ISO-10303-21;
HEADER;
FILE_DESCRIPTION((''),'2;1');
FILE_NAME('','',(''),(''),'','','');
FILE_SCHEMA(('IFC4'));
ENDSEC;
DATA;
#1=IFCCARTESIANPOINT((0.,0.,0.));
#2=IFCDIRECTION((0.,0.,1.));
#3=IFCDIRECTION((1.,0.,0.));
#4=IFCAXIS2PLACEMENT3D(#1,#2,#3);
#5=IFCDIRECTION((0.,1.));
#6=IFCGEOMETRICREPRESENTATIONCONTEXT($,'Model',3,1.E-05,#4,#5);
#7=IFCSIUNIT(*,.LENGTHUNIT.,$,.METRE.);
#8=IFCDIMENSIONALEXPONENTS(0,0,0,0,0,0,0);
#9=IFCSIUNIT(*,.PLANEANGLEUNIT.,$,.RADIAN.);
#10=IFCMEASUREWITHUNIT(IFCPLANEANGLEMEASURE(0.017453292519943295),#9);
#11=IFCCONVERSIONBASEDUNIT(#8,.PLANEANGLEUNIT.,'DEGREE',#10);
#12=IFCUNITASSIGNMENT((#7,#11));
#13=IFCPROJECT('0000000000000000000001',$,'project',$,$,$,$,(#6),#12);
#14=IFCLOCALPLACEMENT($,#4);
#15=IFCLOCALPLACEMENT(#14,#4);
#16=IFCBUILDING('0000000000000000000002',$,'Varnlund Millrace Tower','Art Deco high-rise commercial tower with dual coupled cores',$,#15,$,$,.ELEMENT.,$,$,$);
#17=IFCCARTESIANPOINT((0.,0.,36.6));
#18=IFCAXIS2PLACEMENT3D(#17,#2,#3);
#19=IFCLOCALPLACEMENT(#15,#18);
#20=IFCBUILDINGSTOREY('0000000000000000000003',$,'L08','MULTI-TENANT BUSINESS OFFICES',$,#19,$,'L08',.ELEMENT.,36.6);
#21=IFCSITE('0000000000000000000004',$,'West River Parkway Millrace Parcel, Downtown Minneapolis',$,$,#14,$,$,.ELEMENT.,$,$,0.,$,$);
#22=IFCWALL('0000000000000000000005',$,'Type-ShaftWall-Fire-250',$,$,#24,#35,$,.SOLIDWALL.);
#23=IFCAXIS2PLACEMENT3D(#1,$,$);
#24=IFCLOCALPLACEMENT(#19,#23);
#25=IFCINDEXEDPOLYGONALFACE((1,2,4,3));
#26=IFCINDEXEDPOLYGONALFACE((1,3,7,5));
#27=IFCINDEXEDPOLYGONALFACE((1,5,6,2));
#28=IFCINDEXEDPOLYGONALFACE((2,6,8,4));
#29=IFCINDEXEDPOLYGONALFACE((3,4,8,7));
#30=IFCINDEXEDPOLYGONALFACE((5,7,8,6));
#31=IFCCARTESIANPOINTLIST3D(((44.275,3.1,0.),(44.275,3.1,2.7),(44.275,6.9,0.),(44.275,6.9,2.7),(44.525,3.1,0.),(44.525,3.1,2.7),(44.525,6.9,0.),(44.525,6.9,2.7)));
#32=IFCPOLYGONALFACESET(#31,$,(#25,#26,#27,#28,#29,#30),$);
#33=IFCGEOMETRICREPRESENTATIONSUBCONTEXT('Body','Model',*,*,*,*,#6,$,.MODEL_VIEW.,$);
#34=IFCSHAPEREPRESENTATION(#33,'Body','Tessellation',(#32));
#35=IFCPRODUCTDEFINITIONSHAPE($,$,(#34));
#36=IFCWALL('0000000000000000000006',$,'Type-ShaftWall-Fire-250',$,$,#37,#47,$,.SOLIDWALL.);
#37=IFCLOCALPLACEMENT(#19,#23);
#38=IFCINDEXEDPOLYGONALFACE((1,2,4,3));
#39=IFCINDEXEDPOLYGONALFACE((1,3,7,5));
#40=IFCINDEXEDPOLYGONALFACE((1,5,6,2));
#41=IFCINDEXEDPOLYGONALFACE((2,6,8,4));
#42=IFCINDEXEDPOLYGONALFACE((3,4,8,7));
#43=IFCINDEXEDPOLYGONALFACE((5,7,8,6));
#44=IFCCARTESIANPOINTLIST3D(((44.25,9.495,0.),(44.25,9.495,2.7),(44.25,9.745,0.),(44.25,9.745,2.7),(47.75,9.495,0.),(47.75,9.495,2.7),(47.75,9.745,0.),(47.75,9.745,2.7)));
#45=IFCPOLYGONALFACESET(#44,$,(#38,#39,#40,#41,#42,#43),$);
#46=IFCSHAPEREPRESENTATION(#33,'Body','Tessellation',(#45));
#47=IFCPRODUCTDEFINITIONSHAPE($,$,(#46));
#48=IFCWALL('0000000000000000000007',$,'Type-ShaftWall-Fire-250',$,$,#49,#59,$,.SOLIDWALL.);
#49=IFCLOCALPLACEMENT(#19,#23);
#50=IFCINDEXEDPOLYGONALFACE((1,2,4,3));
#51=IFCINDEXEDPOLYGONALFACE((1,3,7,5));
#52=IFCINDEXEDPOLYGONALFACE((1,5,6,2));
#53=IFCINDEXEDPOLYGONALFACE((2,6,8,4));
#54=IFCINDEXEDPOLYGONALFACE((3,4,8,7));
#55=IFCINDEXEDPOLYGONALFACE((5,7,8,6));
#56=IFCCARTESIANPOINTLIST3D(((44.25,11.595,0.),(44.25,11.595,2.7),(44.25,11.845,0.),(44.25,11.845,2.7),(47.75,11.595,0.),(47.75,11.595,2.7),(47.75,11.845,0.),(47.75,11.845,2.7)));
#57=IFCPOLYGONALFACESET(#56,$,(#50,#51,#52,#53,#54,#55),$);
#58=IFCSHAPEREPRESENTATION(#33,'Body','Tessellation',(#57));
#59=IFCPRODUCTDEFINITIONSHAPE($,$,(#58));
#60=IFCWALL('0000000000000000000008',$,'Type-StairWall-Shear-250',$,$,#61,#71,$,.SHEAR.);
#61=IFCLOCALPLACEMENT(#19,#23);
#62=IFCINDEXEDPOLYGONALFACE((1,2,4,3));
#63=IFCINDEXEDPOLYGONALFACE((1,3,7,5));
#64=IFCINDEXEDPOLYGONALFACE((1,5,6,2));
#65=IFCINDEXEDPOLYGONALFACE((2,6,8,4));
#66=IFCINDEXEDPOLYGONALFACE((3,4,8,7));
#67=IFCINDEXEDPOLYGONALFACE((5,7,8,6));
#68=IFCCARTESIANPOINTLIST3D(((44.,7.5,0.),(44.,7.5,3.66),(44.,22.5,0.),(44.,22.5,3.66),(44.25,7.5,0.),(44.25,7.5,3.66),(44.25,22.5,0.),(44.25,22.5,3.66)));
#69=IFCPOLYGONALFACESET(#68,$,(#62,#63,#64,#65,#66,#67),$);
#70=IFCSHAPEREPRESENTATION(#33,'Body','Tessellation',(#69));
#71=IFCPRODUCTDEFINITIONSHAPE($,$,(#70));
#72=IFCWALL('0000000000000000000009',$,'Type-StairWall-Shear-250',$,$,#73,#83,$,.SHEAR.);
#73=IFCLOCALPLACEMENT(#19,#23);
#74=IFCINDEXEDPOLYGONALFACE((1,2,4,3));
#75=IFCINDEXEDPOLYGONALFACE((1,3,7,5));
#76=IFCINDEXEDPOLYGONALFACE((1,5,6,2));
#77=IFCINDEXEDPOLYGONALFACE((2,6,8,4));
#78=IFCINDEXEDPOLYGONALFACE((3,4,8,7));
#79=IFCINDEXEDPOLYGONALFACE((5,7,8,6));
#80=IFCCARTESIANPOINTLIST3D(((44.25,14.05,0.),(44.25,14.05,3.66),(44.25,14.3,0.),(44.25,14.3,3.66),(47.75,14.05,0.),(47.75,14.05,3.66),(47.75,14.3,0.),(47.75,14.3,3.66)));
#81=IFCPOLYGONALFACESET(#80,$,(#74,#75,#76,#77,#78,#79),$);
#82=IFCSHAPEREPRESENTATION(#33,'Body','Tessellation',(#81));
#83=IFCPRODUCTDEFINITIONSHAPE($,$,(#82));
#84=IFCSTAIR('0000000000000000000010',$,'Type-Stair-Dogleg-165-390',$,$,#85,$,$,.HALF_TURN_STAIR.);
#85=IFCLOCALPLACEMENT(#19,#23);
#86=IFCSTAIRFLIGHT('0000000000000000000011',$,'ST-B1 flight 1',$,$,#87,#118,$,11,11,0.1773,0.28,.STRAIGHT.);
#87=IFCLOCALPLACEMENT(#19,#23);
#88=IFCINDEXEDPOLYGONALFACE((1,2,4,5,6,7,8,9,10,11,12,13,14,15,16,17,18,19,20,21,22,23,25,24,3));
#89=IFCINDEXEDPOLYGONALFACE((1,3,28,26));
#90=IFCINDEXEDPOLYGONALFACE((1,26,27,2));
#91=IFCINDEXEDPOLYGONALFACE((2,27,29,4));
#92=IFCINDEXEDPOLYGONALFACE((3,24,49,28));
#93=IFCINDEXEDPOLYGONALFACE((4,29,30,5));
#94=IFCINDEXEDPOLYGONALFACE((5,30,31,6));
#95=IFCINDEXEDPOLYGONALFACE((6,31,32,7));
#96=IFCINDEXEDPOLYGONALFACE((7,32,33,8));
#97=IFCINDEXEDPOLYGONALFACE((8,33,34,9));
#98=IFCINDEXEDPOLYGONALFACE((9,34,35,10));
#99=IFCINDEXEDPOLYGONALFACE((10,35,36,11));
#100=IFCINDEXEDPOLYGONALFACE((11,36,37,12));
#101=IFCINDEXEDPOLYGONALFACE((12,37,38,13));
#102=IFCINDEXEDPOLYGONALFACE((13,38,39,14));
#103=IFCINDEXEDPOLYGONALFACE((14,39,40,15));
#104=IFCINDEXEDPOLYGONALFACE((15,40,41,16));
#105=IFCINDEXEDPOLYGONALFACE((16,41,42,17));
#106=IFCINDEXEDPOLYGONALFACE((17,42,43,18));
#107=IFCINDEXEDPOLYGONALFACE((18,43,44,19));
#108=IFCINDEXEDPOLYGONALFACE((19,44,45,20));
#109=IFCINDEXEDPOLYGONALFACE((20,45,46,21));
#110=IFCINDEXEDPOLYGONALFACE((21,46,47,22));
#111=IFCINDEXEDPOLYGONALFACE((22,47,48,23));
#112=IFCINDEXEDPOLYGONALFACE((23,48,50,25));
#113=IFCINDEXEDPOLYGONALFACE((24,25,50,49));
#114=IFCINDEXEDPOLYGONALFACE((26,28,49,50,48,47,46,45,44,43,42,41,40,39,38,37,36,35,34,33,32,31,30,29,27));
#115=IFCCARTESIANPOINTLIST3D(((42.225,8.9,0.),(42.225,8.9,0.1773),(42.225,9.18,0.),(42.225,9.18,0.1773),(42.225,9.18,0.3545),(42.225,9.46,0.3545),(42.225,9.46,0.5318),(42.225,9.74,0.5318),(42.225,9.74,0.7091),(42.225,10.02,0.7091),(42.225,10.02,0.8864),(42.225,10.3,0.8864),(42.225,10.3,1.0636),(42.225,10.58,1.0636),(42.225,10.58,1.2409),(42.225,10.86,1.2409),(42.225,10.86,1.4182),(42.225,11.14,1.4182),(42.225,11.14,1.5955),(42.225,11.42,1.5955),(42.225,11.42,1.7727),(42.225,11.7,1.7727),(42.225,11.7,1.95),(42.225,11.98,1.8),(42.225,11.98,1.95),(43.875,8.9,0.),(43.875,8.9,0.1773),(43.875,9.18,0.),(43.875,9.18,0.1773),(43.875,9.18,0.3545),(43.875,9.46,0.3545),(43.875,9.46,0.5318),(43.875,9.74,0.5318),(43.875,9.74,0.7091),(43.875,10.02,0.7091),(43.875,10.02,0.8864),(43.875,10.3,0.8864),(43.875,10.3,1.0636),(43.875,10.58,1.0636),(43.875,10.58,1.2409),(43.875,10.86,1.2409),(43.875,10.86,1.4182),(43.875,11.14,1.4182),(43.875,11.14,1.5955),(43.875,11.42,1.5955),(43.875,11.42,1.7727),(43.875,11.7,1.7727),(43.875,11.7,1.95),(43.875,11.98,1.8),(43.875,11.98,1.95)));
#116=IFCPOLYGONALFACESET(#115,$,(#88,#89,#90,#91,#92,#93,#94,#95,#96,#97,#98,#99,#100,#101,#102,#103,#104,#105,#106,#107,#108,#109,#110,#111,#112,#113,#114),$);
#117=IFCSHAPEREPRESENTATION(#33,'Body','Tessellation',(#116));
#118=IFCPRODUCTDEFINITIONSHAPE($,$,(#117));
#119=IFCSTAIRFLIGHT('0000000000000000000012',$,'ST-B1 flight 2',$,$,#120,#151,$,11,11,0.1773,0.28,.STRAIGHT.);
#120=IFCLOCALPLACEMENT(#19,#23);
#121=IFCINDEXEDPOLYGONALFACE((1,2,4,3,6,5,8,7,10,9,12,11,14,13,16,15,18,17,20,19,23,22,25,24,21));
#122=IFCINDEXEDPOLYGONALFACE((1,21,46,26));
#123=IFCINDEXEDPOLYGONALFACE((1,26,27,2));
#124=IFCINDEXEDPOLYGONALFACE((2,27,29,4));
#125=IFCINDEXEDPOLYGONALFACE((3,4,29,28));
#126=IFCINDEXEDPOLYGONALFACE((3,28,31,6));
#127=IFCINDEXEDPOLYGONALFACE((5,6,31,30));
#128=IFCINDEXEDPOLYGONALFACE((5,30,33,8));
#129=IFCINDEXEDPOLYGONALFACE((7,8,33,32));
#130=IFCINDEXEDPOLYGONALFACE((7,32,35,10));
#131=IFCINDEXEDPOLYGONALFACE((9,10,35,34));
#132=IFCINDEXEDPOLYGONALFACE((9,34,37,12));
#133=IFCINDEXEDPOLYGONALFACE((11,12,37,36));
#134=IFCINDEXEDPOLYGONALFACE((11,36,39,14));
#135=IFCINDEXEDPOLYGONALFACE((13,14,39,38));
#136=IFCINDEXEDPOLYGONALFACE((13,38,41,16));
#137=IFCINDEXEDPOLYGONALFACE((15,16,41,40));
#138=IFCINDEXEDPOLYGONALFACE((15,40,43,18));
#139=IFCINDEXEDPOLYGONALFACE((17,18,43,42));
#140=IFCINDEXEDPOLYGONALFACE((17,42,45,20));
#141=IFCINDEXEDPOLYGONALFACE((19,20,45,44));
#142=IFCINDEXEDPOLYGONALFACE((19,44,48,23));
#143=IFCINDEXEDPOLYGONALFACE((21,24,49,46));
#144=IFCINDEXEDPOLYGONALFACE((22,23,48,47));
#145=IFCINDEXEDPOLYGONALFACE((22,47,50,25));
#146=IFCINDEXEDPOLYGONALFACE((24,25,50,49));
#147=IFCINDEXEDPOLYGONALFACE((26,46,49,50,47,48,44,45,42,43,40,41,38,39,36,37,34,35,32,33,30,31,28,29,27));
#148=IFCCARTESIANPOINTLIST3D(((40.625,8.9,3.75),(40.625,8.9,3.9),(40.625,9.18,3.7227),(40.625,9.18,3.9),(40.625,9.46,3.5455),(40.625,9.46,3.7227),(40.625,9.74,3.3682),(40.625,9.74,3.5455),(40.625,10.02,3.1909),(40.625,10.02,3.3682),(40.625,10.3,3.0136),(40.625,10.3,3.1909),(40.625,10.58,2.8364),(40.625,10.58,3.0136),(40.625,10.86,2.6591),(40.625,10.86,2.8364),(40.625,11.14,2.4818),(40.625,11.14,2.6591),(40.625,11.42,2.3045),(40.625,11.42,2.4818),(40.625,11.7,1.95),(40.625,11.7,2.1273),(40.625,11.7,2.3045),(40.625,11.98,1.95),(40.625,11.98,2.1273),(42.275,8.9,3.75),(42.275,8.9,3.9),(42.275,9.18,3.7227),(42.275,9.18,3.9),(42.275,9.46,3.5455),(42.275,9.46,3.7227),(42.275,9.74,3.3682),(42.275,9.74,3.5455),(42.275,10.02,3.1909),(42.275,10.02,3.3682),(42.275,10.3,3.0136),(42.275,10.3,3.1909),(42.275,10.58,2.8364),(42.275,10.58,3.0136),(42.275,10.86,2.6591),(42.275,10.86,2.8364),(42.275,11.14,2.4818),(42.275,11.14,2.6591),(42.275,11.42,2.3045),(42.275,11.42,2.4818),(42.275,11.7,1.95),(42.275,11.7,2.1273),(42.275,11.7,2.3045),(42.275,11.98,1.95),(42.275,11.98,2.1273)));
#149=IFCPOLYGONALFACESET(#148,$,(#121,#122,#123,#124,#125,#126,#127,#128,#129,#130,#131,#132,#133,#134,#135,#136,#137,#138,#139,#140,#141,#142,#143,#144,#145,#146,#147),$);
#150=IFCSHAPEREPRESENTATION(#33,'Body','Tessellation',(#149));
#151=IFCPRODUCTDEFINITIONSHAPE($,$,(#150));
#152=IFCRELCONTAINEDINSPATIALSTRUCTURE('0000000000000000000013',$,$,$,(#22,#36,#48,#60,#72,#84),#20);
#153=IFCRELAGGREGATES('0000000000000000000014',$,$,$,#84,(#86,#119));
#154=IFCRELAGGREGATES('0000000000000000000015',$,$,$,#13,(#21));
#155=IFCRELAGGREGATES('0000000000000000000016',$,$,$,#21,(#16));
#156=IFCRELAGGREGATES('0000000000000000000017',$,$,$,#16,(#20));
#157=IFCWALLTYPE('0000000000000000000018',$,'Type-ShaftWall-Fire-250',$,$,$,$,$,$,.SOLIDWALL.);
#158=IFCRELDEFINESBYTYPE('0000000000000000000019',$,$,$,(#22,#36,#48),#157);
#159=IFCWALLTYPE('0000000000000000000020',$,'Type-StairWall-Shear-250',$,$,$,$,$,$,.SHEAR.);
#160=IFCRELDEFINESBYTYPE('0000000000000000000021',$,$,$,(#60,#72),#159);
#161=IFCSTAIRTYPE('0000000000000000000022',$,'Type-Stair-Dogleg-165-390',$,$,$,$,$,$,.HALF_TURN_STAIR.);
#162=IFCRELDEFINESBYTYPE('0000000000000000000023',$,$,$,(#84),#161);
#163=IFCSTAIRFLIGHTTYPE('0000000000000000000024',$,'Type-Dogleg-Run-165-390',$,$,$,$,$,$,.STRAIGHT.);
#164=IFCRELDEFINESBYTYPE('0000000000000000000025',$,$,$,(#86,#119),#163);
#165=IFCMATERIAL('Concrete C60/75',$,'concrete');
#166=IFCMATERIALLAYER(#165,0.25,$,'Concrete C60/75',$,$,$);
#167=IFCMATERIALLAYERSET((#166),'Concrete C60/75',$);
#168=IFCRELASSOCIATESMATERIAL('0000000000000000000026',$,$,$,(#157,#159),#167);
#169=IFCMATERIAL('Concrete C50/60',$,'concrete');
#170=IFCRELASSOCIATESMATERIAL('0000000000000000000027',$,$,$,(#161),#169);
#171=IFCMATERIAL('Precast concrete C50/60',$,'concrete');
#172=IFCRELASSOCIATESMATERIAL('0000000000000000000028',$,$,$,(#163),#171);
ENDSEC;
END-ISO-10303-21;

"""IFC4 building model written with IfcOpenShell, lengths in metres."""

from ifc_helpers import new_model, entity, si_unit, converted_unit, direction, frame, origin_with_axes, place, context, subcontext, project, spatial, polyline, outline, extrude, material, layer, layer_set, type_object, element, aggregate, save


model = new_model("IFC4")

# Units and contexts
model_context = context("Model", 3, precision=1e-05, world=origin_with_axes(), true_north=direction((0.0, 1.0)))
body_context = subcontext(model_context, "Body", "Model", "MODEL_VIEW")
ifc_project = project(units=[si_unit("LENGTHUNIT", "METRE"), converted_unit("PLANEANGLEUNIT", "DEGREE", entity("IfcPlaneAngleMeasure", 0.017453292519943295), si_unit("PLANEANGLEUNIT", "RADIAN"), dimensions=[0, 0, 0, 0, 0, 0, 0])], contexts=[model_context])

# Site, building, storey
site_placement = place(None, origin_with_axes())
site = spatial("IfcSite", under=ifc_project, at=site_placement, Name="West River Parkway Millrace Parcel, Downtown Minneapolis", CompositionType="ELEMENT", RefElevation=0.0)
building_placement = place(site_placement, origin_with_axes())
building = spatial("IfcBuilding", under=site, at=building_placement, Name="Varnlund Millrace Tower", Description="Art Deco high-rise commercial tower with dual coupled cores", CompositionType="ELEMENT")
storey_placement = place(building_placement, frame((0.0, 0.0, 36.6), z_axis=(0.0, 0.0, 1.0), x_axis=(1.0, 0.0, 0.0)))
storey = spatial("IfcBuildingStorey", under=building, at=storey_placement, Name="L08", Description="MULTI-TENANT BUSINESS OFFICES", LongName="L08", CompositionType="ELEMENT", Elevation=36.6)

# Walls
ifc_material_1 = material(Name="Concrete C60/75", Category="concrete")
ifc_layer_1 = layer(ifc_material_1, 0.25, Name="Concrete C60/75")
ifc_layer_set_1 = layer_set([ifc_layer_1], Name="Concrete C60/75")
wall_type_1 = type_object("IfcWallType", Name="Type-ShaftWall-Fire-250", PredefinedType="SOLIDWALL", material=ifc_layer_set_1)
wall_1_placement = place(storey_placement, frame((44.4, 3.1, 0.0), z_axis=(0.0, 0.0, 1.0), x_axis=(0.0, 1.0, 0.0)))
element("IfcWall", 1, at=wall_1_placement, inside=storey, type_object=wall_type_1, Name="Type-ShaftWall-Fire-250", PredefinedType="SOLIDWALL", context=body_context, shape_type="SweptSolid", body=[
    extrude(outline(polyline([(0.0, -0.125), (3.8, -0.125), (3.8, 0.125), (0.0, 0.125), (0.0, -0.125)])), origin_with_axes(), (0.0, 0.0, 1.0), 2.7),
])
for number, where, z_axis, x_axis, name in (
    (2, (44.25, 9.62, 0.0), (0.0, 0.0, 1.0), (1.0, 0.0, 0.0), "Type-ShaftWall-Fire-250"),
    (3, (44.25, 11.72, 0.0), (0.0, 0.0, 1.0), (1.0, 0.0, 0.0), "Type-ShaftWall-Fire-250"),
):
    element("IfcWall", number, at=place(storey_placement, frame(where, z_axis=z_axis, x_axis=x_axis)), inside=storey, type_object=wall_type_1, Name=name, PredefinedType="SOLIDWALL", context=body_context, shape_type="SweptSolid", body=[
        extrude(outline(polyline([(0.0, -0.125), (3.5, -0.125), (3.5, 0.125), (0.0, 0.125), (0.0, -0.125)])), origin_with_axes(), (0.0, 0.0, 1.0), 2.7),
    ])
wall_type_2 = type_object("IfcWallType", Name="Type-StairWall-Shear-250", PredefinedType="SHEAR", material=ifc_layer_set_1)
wall_2_placement = place(storey_placement, frame((44.125, 7.5, 0.0), z_axis=(0.0, 0.0, 1.0), x_axis=(0.0, 1.0, 0.0)))
element("IfcWall", 4, at=wall_2_placement, inside=storey, type_object=wall_type_2, Name="Type-StairWall-Shear-250", PredefinedType="SHEAR", context=body_context, shape_type="SweptSolid", body=[
    extrude(outline(polyline([(0.0, -0.125), (15.0, -0.125), (15.0, 0.125), (0.0, 0.125), (0.0, -0.125)])), origin_with_axes(), (0.0, 0.0, 1.0), 3.66),
])
wall_3_placement = place(storey_placement, frame((44.25, 14.175, 0.0), z_axis=(0.0, 0.0, 1.0), x_axis=(1.0, 0.0, 0.0)))
element("IfcWall", 5, at=wall_3_placement, inside=storey, type_object=wall_type_2, Name="Type-StairWall-Shear-250", PredefinedType="SHEAR", context=body_context, shape_type="SweptSolid", body=[
    extrude(outline(polyline([(0.0, -0.125), (3.5, -0.125), (3.5, 0.125), (0.0, 0.125), (0.0, -0.125)])), origin_with_axes(), (0.0, 0.0, 1.0), 3.66),
])

# Stair, stair flights
ifc_material_2 = material(Name="Concrete C50/60", Category="concrete")
stair_type = type_object("IfcStairType", Name="Type-Stair-Dogleg-165-390", PredefinedType="HALF_TURN_STAIR", material=ifc_material_2)
stair_placement = place(storey_placement, origin_with_axes())
stair = element("IfcStair", 6, at=stair_placement, inside=storey, type_object=stair_type, Name="Type-Stair-Dogleg-165-390", PredefinedType="HALF_TURN_STAIR")
ifc_material_3 = material(Name="Precast concrete C50/60", Category="concrete")
stair_flight_type = type_object("IfcStairFlightType", Name="Type-Dogleg-Run-165-390", PredefinedType="STRAIGHT", material=ifc_material_3)
stair_flight_1_placement = place(storey_placement, frame((42.225, 8.9, 0.0), z_axis=(1.0, 0.0, 0.0), x_axis=(0.0, 1.0, 0.0)))
stair_flight_1 = element("IfcStairFlight", 7, at=stair_flight_1_placement, type_object=stair_flight_type, Name="ST-B1 flight 1", NumberOfRisers=11, NumberOfTreads=11, PredefinedType="STRAIGHT", RiserHeight=0.1773, TreadLength=0.28, context=body_context, shape_type="SweptSolid", body=[
    extrude(outline(polyline([(0.0, 0.0), (0.0, 0.1773), (0.28, 0.1773), (0.28, 0.3545), (0.56, 0.3545), (0.56, 0.5318), (0.84, 0.5318), (0.84, 0.7091), (1.12, 0.7091), (1.12, 0.8864), (1.4, 0.8864), (1.4, 1.0636), (1.68, 1.0636), (1.68, 1.2409), (1.96, 1.2409), (1.96, 1.4182), (2.24, 1.4182), (2.24, 1.5955), (2.52, 1.5955), (2.52, 1.7727), (2.8, 1.7727), (2.8, 1.95), (3.08, 1.95), (3.08, 1.8), (0.28, 0.0), (0.0, 0.0)])), origin_with_axes(), (0.0, 0.0, 1.0), 1.65),
])
stair_flight_2_placement = place(storey_placement, frame((42.275, 11.98, 1.95), z_axis=(-1.0, 0.0, 0.0), x_axis=(0.0, -1.0, 0.0)))
stair_flight_2 = element("IfcStairFlight", 8, at=stair_flight_2_placement, type_object=stair_flight_type, Name="ST-B1 flight 2", NumberOfRisers=11, NumberOfTreads=11, PredefinedType="STRAIGHT", RiserHeight=0.1773, TreadLength=0.28, context=body_context, shape_type="SweptSolid", body=[
    extrude(outline(polyline([(0.0, 0.0), (0.0, 0.1773), (0.28, 0.1773), (0.28, 0.3545), (0.56, 0.3545), (0.56, 0.5318), (0.84, 0.5318), (0.84, 0.7091), (1.12, 0.7091), (1.12, 0.8864), (1.4, 0.8864), (1.4, 1.0636), (1.68, 1.0636), (1.68, 1.2409), (1.96, 1.2409), (1.96, 1.4182), (2.24, 1.4182), (2.24, 1.5955), (2.52, 1.5955), (2.52, 1.7727), (2.8, 1.7727), (2.8, 1.95), (3.08, 1.95), (3.08, 1.8), (0.28, 0.0), (0.0, 0.0)])), origin_with_axes(), (0.0, 0.0, 1.0), 1.65),
])
aggregate(stair, [stair_flight_1, stair_flight_2])

save(model, "model.ifc")
